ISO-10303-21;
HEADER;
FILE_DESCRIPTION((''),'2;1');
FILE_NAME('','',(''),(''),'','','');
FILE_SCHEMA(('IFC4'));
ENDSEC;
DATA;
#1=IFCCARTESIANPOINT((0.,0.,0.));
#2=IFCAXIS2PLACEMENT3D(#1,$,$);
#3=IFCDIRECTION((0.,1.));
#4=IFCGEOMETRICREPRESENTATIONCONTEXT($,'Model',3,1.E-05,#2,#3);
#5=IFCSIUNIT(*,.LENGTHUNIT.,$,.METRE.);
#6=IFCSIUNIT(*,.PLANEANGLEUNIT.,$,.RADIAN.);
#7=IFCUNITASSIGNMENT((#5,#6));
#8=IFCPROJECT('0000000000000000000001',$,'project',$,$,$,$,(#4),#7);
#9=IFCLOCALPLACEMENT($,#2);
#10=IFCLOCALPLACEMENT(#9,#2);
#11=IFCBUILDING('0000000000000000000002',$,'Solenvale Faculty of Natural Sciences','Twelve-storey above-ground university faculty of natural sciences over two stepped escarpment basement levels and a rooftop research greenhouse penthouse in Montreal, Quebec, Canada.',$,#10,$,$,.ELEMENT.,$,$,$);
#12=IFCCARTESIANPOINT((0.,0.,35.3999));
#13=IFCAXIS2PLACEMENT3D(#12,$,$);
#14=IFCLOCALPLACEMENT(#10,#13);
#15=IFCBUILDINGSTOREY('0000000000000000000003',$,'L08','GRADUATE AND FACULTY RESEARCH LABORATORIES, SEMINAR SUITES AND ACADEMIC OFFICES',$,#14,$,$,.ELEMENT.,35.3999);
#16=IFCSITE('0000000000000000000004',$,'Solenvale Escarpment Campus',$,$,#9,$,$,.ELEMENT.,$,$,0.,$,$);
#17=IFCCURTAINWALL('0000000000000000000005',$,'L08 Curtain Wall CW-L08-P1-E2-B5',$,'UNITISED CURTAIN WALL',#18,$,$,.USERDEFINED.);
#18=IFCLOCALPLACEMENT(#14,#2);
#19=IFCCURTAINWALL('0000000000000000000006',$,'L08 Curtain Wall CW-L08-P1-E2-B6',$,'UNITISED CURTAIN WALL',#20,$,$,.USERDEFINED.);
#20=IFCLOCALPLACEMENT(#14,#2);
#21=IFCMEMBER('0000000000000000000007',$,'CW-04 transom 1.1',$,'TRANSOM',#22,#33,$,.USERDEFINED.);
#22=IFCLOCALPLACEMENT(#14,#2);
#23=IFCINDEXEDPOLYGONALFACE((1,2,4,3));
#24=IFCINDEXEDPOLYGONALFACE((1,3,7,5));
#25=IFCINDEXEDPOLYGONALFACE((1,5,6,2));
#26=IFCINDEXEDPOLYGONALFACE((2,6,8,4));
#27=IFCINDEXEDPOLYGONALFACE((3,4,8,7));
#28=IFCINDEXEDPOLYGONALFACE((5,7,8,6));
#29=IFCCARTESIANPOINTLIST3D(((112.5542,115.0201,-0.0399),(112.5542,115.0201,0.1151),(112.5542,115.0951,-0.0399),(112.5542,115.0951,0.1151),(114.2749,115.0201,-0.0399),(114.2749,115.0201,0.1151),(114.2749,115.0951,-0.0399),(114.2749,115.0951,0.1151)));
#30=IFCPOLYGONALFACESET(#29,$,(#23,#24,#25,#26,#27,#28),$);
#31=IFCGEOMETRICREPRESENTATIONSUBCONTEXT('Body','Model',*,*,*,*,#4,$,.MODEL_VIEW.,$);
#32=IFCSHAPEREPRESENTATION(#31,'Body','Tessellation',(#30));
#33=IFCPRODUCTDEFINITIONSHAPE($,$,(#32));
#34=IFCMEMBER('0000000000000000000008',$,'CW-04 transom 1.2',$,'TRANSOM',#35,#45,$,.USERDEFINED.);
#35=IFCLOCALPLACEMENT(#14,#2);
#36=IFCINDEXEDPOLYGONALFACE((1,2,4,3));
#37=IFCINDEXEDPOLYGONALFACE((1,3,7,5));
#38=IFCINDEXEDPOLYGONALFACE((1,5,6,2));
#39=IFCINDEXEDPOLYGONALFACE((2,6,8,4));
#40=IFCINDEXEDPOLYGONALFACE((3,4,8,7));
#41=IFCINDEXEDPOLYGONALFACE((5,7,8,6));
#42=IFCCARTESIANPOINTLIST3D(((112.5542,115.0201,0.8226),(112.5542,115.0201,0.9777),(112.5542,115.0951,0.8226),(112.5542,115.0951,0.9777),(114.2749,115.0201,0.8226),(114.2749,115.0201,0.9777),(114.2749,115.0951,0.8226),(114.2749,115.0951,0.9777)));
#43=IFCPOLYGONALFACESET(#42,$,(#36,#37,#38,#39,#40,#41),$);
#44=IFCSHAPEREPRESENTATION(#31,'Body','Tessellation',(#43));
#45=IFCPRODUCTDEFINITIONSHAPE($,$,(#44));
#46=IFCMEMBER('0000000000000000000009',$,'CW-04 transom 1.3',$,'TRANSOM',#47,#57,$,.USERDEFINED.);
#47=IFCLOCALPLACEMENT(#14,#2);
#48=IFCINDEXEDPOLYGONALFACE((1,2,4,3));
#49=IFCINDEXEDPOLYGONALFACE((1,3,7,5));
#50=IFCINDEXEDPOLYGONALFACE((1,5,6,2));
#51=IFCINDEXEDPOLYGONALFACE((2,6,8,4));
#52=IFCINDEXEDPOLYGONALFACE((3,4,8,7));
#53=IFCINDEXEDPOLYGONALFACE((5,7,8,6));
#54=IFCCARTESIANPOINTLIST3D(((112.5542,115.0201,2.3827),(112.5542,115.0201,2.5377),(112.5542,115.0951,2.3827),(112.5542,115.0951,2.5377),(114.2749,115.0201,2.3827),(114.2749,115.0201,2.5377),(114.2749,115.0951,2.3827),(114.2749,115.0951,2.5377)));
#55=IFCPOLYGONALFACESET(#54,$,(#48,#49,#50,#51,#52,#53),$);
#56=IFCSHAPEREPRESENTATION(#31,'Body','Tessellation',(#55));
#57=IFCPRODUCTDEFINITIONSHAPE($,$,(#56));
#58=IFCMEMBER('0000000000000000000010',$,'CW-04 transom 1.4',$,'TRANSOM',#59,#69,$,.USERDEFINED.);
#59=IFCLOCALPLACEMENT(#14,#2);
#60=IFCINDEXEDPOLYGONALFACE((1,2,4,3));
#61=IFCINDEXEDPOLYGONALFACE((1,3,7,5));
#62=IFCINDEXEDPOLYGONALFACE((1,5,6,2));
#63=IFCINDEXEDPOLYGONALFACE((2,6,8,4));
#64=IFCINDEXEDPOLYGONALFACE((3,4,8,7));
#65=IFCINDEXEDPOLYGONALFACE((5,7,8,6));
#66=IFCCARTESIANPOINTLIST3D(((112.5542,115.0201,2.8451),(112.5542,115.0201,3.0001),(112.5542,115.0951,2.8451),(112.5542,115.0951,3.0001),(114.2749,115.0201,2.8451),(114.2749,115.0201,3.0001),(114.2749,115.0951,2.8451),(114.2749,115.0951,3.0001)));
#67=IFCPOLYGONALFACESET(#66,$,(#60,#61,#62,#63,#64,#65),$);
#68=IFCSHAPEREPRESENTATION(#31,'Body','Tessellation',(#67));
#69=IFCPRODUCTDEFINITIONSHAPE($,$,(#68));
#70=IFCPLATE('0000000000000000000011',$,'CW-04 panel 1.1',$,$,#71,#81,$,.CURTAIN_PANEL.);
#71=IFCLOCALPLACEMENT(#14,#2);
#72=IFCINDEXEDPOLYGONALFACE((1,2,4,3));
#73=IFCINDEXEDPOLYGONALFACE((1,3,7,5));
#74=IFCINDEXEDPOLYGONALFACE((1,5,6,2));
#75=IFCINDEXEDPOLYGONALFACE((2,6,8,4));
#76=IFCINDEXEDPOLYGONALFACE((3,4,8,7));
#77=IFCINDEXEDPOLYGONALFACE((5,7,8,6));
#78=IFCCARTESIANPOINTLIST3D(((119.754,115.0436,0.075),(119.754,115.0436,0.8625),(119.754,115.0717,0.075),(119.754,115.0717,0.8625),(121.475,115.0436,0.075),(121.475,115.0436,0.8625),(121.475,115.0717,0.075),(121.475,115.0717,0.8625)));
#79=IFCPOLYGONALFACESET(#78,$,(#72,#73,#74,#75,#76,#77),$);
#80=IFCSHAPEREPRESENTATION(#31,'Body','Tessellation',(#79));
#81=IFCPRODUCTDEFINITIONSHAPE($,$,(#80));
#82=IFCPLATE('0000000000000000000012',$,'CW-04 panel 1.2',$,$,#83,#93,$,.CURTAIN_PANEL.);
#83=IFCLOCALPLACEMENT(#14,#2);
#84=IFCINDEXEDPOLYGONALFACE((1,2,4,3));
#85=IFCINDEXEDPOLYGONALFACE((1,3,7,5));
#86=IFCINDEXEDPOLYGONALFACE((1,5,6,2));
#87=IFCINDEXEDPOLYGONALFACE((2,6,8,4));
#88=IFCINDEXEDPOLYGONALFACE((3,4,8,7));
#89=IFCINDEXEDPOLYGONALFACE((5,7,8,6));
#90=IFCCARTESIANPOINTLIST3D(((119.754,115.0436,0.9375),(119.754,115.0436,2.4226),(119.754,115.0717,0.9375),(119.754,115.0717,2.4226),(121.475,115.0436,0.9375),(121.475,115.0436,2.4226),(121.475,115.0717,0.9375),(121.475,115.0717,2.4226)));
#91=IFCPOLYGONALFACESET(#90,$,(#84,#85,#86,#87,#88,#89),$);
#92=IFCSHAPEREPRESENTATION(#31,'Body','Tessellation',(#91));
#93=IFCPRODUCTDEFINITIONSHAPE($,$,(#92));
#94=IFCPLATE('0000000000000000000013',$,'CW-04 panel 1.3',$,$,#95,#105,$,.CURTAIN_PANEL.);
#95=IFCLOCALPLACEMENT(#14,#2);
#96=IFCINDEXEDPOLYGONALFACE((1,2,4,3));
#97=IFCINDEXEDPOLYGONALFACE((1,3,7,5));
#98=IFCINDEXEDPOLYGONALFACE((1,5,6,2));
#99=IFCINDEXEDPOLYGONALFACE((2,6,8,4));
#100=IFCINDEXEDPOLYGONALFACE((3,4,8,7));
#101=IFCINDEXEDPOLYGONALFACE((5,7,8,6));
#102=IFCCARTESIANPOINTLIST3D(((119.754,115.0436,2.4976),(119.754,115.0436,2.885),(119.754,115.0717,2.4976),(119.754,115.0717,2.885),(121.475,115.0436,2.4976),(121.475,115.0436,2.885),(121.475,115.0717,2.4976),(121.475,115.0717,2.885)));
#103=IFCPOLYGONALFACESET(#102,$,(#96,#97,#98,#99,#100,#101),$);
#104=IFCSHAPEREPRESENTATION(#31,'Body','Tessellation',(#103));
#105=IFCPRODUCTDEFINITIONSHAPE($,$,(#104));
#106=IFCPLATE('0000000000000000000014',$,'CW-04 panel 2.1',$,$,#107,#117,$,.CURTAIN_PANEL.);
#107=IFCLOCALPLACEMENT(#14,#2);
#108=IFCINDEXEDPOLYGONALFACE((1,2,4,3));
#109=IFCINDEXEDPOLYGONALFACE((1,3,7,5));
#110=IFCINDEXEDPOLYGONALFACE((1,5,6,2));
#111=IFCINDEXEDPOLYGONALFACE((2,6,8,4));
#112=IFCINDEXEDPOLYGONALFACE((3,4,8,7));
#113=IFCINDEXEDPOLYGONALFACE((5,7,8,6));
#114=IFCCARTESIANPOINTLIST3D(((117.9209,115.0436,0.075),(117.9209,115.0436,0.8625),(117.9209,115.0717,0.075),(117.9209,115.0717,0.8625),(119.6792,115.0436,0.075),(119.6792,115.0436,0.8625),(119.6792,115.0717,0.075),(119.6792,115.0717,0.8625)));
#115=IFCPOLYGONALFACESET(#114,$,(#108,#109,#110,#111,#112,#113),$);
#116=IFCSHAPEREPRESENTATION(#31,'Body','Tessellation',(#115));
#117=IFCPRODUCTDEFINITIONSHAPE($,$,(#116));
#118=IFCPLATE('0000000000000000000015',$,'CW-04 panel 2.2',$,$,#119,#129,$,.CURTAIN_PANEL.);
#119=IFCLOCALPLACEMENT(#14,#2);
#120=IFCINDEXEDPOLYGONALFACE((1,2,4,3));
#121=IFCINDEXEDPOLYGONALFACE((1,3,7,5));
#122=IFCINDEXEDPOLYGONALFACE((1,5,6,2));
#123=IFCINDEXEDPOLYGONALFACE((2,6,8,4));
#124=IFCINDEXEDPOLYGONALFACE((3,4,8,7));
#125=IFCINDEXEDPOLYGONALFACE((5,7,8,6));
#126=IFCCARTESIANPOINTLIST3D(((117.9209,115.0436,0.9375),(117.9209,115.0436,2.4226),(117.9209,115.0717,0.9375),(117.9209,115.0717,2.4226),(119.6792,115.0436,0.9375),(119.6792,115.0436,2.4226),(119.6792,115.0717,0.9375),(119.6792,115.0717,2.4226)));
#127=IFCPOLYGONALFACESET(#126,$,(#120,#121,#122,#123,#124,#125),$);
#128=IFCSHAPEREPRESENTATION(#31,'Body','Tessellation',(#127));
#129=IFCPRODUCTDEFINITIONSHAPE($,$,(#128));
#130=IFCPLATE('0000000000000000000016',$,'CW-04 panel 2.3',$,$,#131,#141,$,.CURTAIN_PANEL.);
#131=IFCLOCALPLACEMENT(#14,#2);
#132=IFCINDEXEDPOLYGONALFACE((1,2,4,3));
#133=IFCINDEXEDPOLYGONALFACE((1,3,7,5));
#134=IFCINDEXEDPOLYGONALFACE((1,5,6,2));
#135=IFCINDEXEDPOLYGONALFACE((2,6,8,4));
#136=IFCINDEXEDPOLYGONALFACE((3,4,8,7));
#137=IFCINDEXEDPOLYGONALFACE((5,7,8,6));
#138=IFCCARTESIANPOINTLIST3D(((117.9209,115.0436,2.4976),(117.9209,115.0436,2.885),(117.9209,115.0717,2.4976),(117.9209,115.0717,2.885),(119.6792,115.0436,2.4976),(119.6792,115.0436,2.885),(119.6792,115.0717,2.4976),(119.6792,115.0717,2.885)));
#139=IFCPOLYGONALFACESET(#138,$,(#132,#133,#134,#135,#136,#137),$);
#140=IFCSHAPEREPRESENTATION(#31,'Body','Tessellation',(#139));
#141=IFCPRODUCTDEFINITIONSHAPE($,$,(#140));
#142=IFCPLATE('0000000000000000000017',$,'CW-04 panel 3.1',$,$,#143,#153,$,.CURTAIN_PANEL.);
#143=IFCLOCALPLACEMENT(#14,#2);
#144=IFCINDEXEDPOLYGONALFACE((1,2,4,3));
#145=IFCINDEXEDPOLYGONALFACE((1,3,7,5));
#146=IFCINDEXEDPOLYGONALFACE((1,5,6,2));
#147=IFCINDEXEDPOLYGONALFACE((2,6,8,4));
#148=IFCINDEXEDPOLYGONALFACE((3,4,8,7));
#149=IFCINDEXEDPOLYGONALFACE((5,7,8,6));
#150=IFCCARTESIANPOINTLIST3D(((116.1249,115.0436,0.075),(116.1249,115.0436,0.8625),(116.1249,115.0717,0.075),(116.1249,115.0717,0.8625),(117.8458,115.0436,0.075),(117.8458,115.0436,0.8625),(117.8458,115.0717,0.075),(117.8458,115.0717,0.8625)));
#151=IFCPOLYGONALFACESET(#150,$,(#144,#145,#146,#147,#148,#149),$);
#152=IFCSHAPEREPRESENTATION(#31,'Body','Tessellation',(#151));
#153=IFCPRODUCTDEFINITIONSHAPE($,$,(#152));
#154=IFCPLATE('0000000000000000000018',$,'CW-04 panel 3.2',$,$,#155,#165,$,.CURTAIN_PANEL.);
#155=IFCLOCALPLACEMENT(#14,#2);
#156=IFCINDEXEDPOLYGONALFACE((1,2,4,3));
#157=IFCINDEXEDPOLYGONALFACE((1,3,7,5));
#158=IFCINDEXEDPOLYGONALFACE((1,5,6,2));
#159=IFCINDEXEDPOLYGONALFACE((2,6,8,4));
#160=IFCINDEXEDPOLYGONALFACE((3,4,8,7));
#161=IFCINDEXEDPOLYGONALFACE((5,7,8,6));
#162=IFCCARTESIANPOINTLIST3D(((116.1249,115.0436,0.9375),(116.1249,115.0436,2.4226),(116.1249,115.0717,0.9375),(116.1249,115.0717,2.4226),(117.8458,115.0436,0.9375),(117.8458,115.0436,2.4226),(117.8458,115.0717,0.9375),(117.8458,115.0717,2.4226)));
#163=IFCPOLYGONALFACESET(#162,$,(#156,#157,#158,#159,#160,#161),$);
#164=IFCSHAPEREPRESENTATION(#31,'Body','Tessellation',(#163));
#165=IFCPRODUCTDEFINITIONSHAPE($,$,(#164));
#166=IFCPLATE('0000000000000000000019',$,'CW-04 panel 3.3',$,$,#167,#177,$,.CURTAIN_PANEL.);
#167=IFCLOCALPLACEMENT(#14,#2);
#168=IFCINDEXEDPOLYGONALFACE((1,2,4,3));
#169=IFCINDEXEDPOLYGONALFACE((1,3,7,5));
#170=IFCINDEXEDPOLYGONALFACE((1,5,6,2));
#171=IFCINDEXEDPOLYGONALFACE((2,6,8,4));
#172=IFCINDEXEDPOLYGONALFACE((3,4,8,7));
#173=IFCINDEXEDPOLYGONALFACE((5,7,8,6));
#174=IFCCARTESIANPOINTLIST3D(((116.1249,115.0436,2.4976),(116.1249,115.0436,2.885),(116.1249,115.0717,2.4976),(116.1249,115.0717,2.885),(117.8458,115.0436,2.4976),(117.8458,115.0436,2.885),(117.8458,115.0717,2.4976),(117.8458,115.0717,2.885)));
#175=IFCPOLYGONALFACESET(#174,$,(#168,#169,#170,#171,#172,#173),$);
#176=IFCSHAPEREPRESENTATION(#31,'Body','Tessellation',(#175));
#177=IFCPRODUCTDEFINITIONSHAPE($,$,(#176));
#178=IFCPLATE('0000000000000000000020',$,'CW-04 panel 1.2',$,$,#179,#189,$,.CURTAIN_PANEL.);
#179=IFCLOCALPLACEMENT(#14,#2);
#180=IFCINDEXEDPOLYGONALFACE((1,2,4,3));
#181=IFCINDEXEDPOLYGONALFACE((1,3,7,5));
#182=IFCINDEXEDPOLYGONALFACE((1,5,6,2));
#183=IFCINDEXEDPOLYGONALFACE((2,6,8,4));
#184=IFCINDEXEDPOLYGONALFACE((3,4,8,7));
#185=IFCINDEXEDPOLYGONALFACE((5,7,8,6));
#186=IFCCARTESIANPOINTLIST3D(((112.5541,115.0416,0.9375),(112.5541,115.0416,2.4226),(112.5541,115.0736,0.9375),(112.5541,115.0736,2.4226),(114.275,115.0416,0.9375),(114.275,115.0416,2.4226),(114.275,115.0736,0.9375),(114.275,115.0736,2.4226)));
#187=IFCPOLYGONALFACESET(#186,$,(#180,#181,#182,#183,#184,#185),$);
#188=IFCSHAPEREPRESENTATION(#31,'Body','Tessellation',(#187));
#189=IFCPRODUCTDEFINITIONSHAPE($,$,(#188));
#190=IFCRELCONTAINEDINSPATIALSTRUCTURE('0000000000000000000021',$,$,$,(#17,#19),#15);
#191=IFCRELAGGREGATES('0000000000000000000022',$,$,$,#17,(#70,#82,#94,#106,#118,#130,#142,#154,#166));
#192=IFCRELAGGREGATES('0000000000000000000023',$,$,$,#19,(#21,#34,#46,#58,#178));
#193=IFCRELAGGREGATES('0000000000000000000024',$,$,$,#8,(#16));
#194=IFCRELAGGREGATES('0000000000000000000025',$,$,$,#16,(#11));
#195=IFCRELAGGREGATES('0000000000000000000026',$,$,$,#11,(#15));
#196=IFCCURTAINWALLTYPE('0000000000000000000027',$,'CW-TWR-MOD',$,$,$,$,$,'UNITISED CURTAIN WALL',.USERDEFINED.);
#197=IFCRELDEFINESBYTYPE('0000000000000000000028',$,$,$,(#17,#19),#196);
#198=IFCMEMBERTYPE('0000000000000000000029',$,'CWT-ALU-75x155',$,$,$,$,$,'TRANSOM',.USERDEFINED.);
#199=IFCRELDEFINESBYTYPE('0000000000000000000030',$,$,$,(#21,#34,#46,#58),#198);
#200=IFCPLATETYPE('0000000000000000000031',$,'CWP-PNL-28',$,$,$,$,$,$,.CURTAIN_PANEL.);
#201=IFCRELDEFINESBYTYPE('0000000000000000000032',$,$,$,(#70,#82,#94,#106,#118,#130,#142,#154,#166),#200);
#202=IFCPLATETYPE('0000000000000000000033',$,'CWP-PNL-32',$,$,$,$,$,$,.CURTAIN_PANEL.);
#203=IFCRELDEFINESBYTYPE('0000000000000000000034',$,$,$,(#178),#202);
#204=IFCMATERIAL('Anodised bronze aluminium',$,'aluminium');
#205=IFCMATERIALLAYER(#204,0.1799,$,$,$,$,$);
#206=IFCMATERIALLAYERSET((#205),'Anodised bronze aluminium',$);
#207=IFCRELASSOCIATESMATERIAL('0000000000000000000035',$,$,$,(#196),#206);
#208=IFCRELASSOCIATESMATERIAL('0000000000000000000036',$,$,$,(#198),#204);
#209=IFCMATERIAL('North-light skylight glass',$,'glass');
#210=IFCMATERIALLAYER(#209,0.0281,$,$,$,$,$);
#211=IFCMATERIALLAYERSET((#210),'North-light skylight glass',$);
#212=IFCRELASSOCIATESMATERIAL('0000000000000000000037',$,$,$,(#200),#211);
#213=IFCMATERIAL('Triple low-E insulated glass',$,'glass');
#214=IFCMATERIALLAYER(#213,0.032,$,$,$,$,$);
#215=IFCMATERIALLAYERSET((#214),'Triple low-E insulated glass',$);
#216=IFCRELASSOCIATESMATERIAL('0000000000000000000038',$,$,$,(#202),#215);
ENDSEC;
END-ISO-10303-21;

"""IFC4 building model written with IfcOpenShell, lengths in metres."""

from ifc_helpers import new_model, si_unit, direction, frame, origin, origin_2d, place, context, subcontext, project, spatial, rectangle, extrude, material, layer, layer_set, material_profile, profile_set, type_object, element, aggregate, save


model = new_model("IFC4")

# Units and contexts
model_context = context("Model", 3, precision=1e-05, world=origin(), true_north=direction((0.0, 1.0)))
body_context = subcontext(model_context, "Body", "Model", "MODEL_VIEW")
ifc_project = project(units=[si_unit("LENGTHUNIT", "METRE"), si_unit("PLANEANGLEUNIT", "RADIAN")], contexts=[model_context])

# Site, building, storey
site_placement = place(None, origin())
site = spatial("IfcSite", under=ifc_project, at=site_placement, Name="Solenvale Escarpment Campus", CompositionType="ELEMENT", RefElevation=0.0)
building_placement = place(site_placement, origin())
building = spatial("IfcBuilding", under=site, at=building_placement, Name="Solenvale Faculty of Natural Sciences", Description="Twelve-storey above-ground university faculty of natural sciences over two stepped escarpment basement levels and a rooftop research greenhouse penthouse in Montreal, Quebec, Canada.", CompositionType="ELEMENT")
storey_placement = place(building_placement, frame((0.0, 0.0, 35.3999)))
storey = spatial("IfcBuildingStorey", under=building, at=storey_placement, Name="L08", Description="GRADUATE AND FACULTY RESEARCH LABORATORIES, SEMINAR SUITES AND ACADEMIC OFFICES", CompositionType="ELEMENT", Elevation=35.3999)

# Curtain wall
ifc_material_1 = material(Name="Anodised bronze aluminium", Category="aluminium")
ifc_layer_1 = layer(ifc_material_1, 0.1799)
ifc_layer_set_1 = layer_set([ifc_layer_1], Name="Anodised bronze aluminium")
curtain_wall_type = type_object("IfcCurtainWallType", Name="CW-TWR-MOD", ElementType="UNITISED CURTAIN WALL", PredefinedType="USERDEFINED", material=ifc_layer_set_1)
curtain_wall_1_placement = place(storey_placement, origin())
curtain_wall_1 = element("IfcCurtainWall", 1, at=curtain_wall_1_placement, inside=storey, type_object=curtain_wall_type, Name="L08 Curtain Wall CW-L08-P1-E2-B5", ObjectType="UNITISED CURTAIN WALL", PredefinedType="USERDEFINED")

# Curtain wall
curtain_wall_2_placement = place(storey_placement, origin())
curtain_wall_2 = element("IfcCurtainWall", 2, at=curtain_wall_2_placement, inside=storey, type_object=curtain_wall_type, Name="L08 Curtain Wall CW-L08-P1-E2-B6", ObjectType="UNITISED CURTAIN WALL", PredefinedType="USERDEFINED")

# Members
ifc_material_profile_1 = material_profile(ifc_material_1, rectangle(XDim=0.075, YDim=0.155, at=origin_2d()), Name="ALU-TRN-75x155")
ifc_profile_set_1 = profile_set([ifc_material_profile_1], Name="Anodised bronze aluminium")
member_type_1 = type_object("IfcMemberType", Name="CWT-ALU-75x155", ElementType="TRANSOM", PredefinedType="USERDEFINED", material=ifc_profile_set_1)
member_1_placement = place(storey_placement, frame((114.2749, 115.0576, 0.0376), z_axis=(-1.0, 0.0, 0.0), x_axis=(0.0, -1.0, 0.0)))
member_1 = element("IfcMember", 3, at=member_1_placement, type_object=member_type_1, Name="CW-04 transom 1.1", ObjectType="TRANSOM", PredefinedType="USERDEFINED", context=body_context, shape_type="SweptSolid", body=[
    extrude(rectangle(XDim=0.075, YDim=0.155, at=origin_2d()), origin(), (0.0, 0.0, 1.0), 1.7207),
])
member_2_placement = place(storey_placement, frame((114.2749, 115.0576, 0.9001), z_axis=(-1.0, 0.0, 0.0), x_axis=(0.0, -1.0, 0.0)))
member_2 = element("IfcMember", 4, at=member_2_placement, type_object=member_type_1, Name="CW-04 transom 1.2", ObjectType="TRANSOM", PredefinedType="USERDEFINED", context=body_context, shape_type="SweptSolid", body=[
    extrude(rectangle(XDim=0.075, YDim=0.155, at=origin_2d()), origin(), (0.0, 0.0, 1.0), 1.7207),
])
member_3_placement = place(storey_placement, frame((114.2749, 115.0576, 2.4602), z_axis=(-1.0, 0.0, 0.0), x_axis=(0.0, -1.0, 0.0)))
member_3 = element("IfcMember", 5, at=member_3_placement, type_object=member_type_1, Name="CW-04 transom 1.3", ObjectType="TRANSOM", PredefinedType="USERDEFINED", context=body_context, shape_type="SweptSolid", body=[
    extrude(rectangle(XDim=0.075, YDim=0.155, at=origin_2d()), origin(), (0.0, 0.0, 1.0), 1.7207),
])
member_4_placement = place(storey_placement, frame((114.2749, 115.0576, 2.9226), z_axis=(-1.0, 0.0, 0.0), x_axis=(0.0, -1.0, 0.0)))
member_4 = element("IfcMember", 6, at=member_4_placement, type_object=member_type_1, Name="CW-04 transom 1.4", ObjectType="TRANSOM", PredefinedType="USERDEFINED", context=body_context, shape_type="SweptSolid", body=[
    extrude(rectangle(XDim=0.075, YDim=0.155, at=origin_2d()), origin(), (0.0, 0.0, 1.0), 1.7207),
])

# Plates
ifc_material_2 = material(Name="North-light skylight glass", Category="glass")
ifc_layer_2 = layer(ifc_material_2, 0.0281)
ifc_layer_set_2 = layer_set([ifc_layer_2], Name="North-light skylight glass")
plate_type_1 = type_object("IfcPlateType", Name="CWP-PNL-28", PredefinedType="CURTAIN_PANEL", material=ifc_layer_set_2)
plate_1_placement = place(storey_placement, frame((120.6145, 115.0576, 0.075), z_axis=(0.0, 0.0, 1.0), x_axis=(-1.0, 0.0, 0.0)))
plate_1 = element("IfcPlate", 7, at=plate_1_placement, type_object=plate_type_1, Name="CW-04 panel 1.1", PredefinedType="CURTAIN_PANEL", context=body_context, shape_type="SweptSolid", body=[
    extrude(rectangle(XDim=1.7209, YDim=0.0281, at=origin_2d()), origin(), (0.0, 0.0, 1.0), 0.7876),
])
plate_2_placement = place(storey_placement, frame((120.6145, 115.0576, 0.9375), z_axis=(0.0, 0.0, 1.0), x_axis=(-1.0, 0.0, 0.0)))
plate_2 = element("IfcPlate", 8, at=plate_2_placement, type_object=plate_type_1, Name="CW-04 panel 1.2", PredefinedType="CURTAIN_PANEL", context=body_context, shape_type="SweptSolid", body=[
    extrude(rectangle(XDim=1.7209, YDim=0.0281, at=origin_2d()), origin(), (0.0, 0.0, 1.0), 1.4851),
])
plate_3_placement = place(storey_placement, frame((120.6145, 115.0576, 2.4976), z_axis=(0.0, 0.0, 1.0), x_axis=(-1.0, 0.0, 0.0)))
plate_3 = element("IfcPlate", 9, at=plate_3_placement, type_object=plate_type_1, Name="CW-04 panel 1.3", PredefinedType="CURTAIN_PANEL", context=body_context, shape_type="SweptSolid", body=[
    extrude(rectangle(XDim=1.7209, YDim=0.0281, at=origin_2d()), origin(), (0.0, 0.0, 1.0), 0.3875),
])
plate_4_placement = place(storey_placement, frame((118.8, 115.0576, 0.075), z_axis=(0.0, 0.0, 1.0), x_axis=(-1.0, 0.0, 0.0)))
plate_4 = element("IfcPlate", 10, at=plate_4_placement, type_object=plate_type_1, Name="CW-04 panel 2.1", PredefinedType="CURTAIN_PANEL", context=body_context, shape_type="SweptSolid", body=[
    extrude(rectangle(XDim=1.7583, YDim=0.0281, at=origin_2d()), origin(), (0.0, 0.0, 1.0), 0.7876),
])
plate_5_placement = place(storey_placement, frame((118.8, 115.0576, 0.9375), z_axis=(0.0, 0.0, 1.0), x_axis=(-1.0, 0.0, 0.0)))
plate_5 = element("IfcPlate", 11, at=plate_5_placement, type_object=plate_type_1, Name="CW-04 panel 2.2", PredefinedType="CURTAIN_PANEL", context=body_context, shape_type="SweptSolid", body=[
    extrude(rectangle(XDim=1.7583, YDim=0.0281, at=origin_2d()), origin(), (0.0, 0.0, 1.0), 1.4851),
])
plate_6_placement = place(storey_placement, frame((118.8, 115.0576, 2.4976), z_axis=(0.0, 0.0, 1.0), x_axis=(-1.0, 0.0, 0.0)))
plate_6 = element("IfcPlate", 12, at=plate_6_placement, type_object=plate_type_1, Name="CW-04 panel 2.3", PredefinedType="CURTAIN_PANEL", context=body_context, shape_type="SweptSolid", body=[
    extrude(rectangle(XDim=1.7583, YDim=0.0281, at=origin_2d()), origin(), (0.0, 0.0, 1.0), 0.3875),
])
plate_7_placement = place(storey_placement, frame((116.9854, 115.0576, 0.075), z_axis=(0.0, 0.0, 1.0), x_axis=(-1.0, 0.0, 0.0)))
plate_7 = element("IfcPlate", 13, at=plate_7_placement, type_object=plate_type_1, Name="CW-04 panel 3.1", PredefinedType="CURTAIN_PANEL", context=body_context, shape_type="SweptSolid", body=[
    extrude(rectangle(XDim=1.7209, YDim=0.0281, at=origin_2d()), origin(), (0.0, 0.0, 1.0), 0.7876),
])
plate_8_placement = place(storey_placement, frame((116.9854, 115.0576, 0.9375), z_axis=(0.0, 0.0, 1.0), x_axis=(-1.0, 0.0, 0.0)))
plate_8 = element("IfcPlate", 14, at=plate_8_placement, type_object=plate_type_1, Name="CW-04 panel 3.2", PredefinedType="CURTAIN_PANEL", context=body_context, shape_type="SweptSolid", body=[
    extrude(rectangle(XDim=1.7209, YDim=0.0281, at=origin_2d()), origin(), (0.0, 0.0, 1.0), 1.4851),
])
plate_9_placement = place(storey_placement, frame((116.9854, 115.0576, 2.4976), z_axis=(0.0, 0.0, 1.0), x_axis=(-1.0, 0.0, 0.0)))
plate_9 = element("IfcPlate", 15, at=plate_9_placement, type_object=plate_type_1, Name="CW-04 panel 3.3", PredefinedType="CURTAIN_PANEL", context=body_context, shape_type="SweptSolid", body=[
    extrude(rectangle(XDim=1.7209, YDim=0.0281, at=origin_2d()), origin(), (0.0, 0.0, 1.0), 0.3875),
])
aggregate(curtain_wall_1, [plate_1, plate_2, plate_3, plate_4, plate_5, plate_6, plate_7, plate_8, plate_9])
ifc_material_3 = material(Name="Triple low-E insulated glass", Category="glass")
ifc_layer_3 = layer(ifc_material_3, 0.032)
ifc_layer_set_3 = layer_set([ifc_layer_3], Name="Triple low-E insulated glass")
plate_type_2 = type_object("IfcPlateType", Name="CWP-PNL-32", PredefinedType="CURTAIN_PANEL", material=ifc_layer_set_3)
plate_10_placement = place(storey_placement, frame((113.4146, 115.0576, 0.9375), z_axis=(0.0, 0.0, 1.0), x_axis=(-1.0, 0.0, 0.0)))
plate_10 = element("IfcPlate", 16, at=plate_10_placement, type_object=plate_type_2, Name="CW-04 panel 1.2", PredefinedType="CURTAIN_PANEL", context=body_context, shape_type="SweptSolid", body=[
    extrude(rectangle(XDim=1.7209, YDim=0.032, at=origin_2d()), origin(), (0.0, 0.0, 1.0), 1.4851),
])
aggregate(curtain_wall_2, [member_1, member_2, member_3, member_4, plate_10])

save(model, "model.ifc")
